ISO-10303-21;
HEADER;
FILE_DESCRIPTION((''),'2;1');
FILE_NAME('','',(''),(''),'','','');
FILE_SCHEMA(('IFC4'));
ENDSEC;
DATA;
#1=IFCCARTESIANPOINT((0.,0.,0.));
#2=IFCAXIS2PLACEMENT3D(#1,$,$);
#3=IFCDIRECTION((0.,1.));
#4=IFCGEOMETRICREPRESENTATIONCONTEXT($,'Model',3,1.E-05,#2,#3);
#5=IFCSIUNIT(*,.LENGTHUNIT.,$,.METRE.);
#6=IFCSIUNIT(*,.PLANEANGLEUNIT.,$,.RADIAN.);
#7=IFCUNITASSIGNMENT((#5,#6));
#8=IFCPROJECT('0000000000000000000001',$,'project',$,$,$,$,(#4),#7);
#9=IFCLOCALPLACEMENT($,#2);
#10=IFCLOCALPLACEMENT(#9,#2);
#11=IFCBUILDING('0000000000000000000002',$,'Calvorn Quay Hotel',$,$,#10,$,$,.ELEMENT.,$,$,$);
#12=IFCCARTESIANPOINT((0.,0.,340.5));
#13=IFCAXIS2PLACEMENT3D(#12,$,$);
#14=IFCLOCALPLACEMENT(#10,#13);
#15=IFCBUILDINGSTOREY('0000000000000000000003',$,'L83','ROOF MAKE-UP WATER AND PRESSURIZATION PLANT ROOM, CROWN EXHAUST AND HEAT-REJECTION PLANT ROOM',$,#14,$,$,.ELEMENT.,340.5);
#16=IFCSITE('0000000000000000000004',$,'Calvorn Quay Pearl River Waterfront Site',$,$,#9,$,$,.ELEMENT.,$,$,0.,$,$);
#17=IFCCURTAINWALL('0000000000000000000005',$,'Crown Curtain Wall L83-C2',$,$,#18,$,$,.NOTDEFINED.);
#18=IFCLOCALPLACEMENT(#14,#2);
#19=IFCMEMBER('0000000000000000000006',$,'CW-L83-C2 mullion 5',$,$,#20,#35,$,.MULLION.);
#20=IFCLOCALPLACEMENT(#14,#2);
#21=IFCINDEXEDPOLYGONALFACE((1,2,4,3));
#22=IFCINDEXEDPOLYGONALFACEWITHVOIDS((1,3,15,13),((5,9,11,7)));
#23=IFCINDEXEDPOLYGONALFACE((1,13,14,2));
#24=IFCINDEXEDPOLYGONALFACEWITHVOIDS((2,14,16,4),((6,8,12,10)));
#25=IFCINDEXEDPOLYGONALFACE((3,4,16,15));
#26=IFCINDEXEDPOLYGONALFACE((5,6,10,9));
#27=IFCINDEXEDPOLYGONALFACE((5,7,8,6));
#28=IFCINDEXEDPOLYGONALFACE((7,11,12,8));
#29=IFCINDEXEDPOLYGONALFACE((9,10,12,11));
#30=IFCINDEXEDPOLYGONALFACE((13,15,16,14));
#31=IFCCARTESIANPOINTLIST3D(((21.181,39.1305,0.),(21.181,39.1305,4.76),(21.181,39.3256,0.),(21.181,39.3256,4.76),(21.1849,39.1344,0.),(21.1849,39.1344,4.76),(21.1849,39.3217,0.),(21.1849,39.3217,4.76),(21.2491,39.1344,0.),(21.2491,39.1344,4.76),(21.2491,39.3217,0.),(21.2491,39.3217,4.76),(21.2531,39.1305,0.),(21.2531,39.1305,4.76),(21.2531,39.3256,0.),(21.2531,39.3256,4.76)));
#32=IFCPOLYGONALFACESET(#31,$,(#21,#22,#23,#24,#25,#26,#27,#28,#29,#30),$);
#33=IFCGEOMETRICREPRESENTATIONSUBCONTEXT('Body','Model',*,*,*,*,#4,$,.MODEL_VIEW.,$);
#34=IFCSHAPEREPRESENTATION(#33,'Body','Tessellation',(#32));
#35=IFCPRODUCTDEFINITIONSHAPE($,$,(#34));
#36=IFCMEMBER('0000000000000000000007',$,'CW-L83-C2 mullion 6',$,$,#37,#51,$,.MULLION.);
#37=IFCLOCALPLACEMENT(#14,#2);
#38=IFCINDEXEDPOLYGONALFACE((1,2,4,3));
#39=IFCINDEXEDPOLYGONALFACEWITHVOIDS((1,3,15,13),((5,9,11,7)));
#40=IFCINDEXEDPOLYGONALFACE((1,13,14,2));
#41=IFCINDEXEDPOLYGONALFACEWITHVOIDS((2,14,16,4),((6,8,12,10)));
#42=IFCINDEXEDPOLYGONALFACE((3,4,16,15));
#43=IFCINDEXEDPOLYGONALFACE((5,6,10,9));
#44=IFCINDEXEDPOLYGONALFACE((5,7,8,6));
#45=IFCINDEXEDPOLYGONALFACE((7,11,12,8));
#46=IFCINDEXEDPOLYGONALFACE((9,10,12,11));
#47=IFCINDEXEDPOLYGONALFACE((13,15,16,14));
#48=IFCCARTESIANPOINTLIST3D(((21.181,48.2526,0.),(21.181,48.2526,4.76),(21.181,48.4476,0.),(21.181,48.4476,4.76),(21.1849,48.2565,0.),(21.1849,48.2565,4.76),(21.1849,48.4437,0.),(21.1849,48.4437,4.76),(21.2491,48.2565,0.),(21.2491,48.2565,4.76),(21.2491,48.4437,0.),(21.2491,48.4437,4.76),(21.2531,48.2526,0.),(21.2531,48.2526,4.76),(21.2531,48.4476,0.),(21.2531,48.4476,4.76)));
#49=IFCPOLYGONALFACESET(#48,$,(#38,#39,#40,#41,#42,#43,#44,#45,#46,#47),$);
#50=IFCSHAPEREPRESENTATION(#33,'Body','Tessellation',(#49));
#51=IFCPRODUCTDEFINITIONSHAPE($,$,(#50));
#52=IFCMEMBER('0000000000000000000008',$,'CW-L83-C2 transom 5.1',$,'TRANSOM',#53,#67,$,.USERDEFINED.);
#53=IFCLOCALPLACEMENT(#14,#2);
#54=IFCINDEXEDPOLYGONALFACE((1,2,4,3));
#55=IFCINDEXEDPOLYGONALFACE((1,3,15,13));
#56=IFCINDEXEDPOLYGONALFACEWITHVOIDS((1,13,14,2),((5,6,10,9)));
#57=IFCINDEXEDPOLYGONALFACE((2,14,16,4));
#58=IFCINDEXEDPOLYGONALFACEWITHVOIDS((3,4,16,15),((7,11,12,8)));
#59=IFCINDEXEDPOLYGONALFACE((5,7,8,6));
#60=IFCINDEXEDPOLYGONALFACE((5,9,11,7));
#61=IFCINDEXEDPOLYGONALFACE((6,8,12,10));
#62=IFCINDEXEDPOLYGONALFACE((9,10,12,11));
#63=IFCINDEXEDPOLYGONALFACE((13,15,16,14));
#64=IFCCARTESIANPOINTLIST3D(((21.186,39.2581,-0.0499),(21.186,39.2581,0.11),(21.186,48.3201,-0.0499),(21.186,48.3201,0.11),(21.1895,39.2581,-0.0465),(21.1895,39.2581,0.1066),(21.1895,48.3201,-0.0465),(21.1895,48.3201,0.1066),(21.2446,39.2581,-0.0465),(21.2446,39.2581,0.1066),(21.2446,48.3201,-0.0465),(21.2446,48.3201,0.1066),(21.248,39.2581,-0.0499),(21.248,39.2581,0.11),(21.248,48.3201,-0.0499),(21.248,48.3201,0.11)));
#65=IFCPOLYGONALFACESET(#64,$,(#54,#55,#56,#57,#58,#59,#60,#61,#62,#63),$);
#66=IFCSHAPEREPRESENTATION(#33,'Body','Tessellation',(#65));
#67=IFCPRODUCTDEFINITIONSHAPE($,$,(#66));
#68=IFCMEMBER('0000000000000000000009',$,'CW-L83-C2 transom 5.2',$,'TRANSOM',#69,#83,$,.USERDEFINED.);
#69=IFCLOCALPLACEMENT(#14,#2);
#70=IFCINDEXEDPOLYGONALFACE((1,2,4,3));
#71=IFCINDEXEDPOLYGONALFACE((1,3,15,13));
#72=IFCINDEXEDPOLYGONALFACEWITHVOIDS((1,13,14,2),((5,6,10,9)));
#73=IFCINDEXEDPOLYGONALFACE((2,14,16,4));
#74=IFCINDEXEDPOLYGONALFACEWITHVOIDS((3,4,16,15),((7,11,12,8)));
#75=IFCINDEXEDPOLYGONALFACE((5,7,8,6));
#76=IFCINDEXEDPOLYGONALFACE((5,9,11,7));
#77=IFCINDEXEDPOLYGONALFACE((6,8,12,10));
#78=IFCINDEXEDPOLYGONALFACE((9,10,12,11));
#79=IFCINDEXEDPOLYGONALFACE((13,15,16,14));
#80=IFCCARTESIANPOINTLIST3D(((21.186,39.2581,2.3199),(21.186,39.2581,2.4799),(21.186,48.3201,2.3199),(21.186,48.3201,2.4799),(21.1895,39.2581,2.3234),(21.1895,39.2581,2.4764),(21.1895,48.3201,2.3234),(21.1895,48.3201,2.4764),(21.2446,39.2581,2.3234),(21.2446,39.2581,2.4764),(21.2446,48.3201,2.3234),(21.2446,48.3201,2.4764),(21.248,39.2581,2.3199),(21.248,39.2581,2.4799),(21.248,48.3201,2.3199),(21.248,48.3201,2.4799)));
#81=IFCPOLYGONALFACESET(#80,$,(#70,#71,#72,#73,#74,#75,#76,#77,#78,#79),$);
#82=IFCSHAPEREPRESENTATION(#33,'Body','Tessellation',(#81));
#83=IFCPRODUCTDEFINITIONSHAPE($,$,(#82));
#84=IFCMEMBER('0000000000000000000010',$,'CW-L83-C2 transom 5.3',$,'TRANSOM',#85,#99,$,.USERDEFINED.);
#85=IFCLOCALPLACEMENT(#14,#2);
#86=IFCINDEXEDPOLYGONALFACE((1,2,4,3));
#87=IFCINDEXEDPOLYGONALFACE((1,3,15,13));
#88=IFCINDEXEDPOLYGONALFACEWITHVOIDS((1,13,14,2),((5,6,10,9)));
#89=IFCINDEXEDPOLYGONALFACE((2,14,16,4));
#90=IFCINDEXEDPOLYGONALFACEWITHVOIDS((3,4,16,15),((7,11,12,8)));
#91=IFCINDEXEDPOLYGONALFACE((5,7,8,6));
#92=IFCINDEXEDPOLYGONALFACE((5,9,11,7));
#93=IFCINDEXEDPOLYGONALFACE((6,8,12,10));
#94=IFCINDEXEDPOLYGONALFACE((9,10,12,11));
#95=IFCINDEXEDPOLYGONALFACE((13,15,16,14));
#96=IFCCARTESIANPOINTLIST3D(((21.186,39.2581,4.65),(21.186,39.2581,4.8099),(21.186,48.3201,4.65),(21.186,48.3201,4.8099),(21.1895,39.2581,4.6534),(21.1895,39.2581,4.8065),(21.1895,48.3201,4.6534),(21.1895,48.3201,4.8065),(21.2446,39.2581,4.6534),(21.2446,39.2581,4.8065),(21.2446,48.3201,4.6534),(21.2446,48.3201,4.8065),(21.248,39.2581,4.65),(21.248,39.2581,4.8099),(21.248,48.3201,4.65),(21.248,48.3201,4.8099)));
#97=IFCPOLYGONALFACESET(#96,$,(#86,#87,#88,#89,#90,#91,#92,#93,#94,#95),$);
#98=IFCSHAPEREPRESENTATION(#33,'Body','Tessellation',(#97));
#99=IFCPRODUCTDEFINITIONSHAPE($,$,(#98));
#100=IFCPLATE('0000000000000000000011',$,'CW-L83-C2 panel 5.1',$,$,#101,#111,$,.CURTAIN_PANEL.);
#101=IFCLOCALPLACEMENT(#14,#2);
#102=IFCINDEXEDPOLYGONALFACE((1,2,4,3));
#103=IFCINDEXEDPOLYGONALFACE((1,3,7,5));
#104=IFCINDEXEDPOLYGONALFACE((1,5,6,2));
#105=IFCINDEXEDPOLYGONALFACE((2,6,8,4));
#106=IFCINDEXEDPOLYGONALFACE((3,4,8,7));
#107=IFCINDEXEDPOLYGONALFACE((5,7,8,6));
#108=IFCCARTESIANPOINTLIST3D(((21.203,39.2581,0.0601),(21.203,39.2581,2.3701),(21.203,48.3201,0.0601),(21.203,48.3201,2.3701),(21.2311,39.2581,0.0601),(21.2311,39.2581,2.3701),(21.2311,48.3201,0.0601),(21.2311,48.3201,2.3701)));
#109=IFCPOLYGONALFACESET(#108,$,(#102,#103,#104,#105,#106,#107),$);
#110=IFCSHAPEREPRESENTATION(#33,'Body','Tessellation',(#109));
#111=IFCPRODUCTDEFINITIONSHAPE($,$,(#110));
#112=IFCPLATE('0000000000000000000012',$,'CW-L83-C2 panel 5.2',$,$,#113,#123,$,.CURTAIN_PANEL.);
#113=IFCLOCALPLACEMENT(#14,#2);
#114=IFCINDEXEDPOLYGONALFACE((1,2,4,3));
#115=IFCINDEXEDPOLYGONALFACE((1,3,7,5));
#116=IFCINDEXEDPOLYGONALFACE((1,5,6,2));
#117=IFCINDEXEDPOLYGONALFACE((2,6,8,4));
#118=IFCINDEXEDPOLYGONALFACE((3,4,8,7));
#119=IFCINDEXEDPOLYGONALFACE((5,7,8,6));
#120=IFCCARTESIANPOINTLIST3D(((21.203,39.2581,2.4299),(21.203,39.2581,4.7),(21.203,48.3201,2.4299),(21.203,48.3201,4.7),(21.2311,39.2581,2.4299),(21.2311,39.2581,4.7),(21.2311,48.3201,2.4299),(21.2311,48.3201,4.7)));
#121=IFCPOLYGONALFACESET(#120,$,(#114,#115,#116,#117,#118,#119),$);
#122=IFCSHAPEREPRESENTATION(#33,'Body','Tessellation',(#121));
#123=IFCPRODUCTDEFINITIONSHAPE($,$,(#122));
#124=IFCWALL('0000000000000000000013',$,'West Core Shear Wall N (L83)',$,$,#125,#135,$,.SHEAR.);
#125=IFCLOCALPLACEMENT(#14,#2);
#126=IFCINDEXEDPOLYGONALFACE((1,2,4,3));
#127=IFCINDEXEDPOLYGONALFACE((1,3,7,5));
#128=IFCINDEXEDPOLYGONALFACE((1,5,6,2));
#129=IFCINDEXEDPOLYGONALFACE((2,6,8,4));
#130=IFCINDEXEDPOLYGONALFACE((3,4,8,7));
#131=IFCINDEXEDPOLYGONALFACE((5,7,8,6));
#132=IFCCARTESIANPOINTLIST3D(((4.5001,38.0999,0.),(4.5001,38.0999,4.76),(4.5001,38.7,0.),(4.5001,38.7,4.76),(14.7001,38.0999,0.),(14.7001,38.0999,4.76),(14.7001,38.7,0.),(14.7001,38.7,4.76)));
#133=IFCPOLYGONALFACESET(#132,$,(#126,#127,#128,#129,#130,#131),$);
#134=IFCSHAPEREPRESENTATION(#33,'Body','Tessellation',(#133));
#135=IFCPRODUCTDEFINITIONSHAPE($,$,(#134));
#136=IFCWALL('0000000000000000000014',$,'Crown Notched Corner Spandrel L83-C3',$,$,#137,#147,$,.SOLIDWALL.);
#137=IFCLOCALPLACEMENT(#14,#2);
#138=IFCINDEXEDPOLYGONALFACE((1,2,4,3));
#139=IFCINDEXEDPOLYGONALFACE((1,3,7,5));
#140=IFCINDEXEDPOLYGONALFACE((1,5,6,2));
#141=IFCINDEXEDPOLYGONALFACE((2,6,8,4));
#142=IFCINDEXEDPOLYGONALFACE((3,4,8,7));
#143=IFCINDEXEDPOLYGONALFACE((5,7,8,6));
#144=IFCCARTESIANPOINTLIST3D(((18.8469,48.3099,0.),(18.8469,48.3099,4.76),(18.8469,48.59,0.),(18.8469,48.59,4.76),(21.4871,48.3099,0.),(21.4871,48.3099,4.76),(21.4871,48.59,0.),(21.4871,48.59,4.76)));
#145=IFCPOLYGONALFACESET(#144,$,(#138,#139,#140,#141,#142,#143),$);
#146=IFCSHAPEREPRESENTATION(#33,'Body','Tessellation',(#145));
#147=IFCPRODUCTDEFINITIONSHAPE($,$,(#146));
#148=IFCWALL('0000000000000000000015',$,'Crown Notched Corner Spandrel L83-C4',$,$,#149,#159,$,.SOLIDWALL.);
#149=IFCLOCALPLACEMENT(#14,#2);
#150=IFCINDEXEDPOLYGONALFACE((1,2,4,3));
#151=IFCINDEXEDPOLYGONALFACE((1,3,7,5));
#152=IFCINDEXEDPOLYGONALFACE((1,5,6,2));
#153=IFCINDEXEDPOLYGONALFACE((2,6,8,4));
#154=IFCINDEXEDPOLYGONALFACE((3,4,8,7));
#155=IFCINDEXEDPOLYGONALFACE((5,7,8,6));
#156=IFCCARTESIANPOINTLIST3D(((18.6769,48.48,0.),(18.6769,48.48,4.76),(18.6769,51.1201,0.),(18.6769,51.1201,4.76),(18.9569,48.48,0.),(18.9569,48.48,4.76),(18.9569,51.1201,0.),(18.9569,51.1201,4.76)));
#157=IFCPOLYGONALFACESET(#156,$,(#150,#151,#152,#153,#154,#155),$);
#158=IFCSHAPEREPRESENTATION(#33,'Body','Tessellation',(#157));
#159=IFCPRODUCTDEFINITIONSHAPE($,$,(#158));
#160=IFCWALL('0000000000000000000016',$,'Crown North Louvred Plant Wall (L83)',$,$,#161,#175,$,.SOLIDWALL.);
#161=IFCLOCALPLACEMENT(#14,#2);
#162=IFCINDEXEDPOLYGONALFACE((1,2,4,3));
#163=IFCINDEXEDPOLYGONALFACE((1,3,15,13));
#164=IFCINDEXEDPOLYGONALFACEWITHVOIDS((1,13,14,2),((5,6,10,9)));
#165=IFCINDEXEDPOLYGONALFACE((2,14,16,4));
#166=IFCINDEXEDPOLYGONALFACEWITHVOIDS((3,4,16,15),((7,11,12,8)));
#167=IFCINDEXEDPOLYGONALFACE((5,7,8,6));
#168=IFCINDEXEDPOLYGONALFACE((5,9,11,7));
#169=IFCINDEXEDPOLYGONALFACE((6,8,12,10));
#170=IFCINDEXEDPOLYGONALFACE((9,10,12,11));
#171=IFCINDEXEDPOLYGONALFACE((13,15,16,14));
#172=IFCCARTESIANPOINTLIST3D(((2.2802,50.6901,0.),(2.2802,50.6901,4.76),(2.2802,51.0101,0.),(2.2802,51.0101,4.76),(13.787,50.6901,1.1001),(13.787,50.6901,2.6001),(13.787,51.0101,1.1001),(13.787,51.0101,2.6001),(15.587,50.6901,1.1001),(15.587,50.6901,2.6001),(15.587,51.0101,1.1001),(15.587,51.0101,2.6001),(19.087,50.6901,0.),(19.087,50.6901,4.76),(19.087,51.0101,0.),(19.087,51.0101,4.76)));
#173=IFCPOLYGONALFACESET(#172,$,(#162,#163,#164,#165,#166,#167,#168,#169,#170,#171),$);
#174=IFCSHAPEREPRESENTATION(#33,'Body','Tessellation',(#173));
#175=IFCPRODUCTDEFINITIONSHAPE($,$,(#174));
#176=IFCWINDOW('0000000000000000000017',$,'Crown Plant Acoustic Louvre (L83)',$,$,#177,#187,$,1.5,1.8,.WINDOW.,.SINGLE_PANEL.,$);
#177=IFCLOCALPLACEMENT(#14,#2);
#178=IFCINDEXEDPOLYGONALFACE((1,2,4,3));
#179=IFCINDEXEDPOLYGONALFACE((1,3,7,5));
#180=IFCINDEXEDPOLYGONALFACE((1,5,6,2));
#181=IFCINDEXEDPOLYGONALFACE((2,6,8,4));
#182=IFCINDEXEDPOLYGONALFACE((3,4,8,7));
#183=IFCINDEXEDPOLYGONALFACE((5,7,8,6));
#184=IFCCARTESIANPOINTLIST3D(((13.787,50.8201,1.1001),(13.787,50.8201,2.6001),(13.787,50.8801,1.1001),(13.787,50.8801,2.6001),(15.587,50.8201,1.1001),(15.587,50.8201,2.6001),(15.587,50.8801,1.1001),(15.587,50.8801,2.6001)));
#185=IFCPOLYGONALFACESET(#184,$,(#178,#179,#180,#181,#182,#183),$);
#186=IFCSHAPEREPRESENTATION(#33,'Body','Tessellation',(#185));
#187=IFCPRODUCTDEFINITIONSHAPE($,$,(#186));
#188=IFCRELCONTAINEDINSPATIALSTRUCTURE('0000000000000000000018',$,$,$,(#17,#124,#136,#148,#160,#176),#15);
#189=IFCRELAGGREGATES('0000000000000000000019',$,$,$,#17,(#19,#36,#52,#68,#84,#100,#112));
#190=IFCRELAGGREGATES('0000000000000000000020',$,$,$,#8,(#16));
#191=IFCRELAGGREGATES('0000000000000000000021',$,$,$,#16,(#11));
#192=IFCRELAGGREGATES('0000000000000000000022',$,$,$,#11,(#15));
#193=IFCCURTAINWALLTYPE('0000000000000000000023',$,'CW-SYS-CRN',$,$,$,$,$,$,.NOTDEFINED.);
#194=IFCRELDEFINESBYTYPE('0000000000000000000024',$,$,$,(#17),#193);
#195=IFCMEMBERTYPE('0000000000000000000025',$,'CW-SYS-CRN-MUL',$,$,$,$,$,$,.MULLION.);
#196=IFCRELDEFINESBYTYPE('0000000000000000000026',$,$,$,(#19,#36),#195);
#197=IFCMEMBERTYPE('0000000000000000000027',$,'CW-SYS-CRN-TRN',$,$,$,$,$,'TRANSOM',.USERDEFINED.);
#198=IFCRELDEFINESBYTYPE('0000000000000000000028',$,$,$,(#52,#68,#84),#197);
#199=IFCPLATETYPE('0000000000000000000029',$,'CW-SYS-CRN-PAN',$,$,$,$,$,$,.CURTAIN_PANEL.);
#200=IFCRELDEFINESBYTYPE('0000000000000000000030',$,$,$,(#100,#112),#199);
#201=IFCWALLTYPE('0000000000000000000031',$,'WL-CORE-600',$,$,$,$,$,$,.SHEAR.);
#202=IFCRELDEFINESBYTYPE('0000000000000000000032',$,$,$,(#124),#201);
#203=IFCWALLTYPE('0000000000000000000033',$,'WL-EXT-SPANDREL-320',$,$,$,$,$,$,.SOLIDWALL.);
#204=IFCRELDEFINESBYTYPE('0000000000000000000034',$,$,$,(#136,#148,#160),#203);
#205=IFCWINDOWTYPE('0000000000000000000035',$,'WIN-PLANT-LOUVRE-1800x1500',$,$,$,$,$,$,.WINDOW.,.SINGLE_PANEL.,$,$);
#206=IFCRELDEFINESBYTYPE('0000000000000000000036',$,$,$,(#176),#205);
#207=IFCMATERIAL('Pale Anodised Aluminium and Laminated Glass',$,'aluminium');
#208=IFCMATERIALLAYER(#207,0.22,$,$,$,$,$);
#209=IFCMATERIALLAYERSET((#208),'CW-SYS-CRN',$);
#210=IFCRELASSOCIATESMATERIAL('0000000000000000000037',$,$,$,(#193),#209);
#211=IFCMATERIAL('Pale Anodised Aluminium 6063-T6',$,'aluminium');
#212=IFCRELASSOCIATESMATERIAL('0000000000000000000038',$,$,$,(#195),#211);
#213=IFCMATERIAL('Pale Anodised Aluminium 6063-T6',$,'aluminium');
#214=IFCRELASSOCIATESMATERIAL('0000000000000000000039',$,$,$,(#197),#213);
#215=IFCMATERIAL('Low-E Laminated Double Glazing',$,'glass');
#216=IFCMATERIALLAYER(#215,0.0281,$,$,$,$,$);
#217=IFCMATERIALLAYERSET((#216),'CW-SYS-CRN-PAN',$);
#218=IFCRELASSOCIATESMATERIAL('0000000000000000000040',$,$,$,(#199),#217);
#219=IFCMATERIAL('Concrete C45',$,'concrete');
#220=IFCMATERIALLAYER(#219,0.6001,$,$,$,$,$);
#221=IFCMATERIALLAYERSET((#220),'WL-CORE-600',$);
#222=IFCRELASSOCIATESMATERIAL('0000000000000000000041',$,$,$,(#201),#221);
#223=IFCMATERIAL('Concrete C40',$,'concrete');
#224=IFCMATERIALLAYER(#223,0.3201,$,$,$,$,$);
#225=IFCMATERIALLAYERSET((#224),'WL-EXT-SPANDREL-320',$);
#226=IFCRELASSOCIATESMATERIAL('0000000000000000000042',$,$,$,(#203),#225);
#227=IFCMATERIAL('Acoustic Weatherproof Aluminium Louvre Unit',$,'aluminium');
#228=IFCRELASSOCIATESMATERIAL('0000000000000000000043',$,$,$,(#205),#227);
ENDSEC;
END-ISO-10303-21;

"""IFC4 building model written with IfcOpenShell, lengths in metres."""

from ifc_helpers import new_model, si_unit, direction, frame, frame_2d, origin, origin_2d, place, context, subcontext, project, spatial, rectangle, hollow_rectangle, extrude, material, layer, layer_set, material_profile, profile_set, type_object, element, fill, aggregate, save


model = new_model("IFC4")

# Units and contexts
model_context = context("Model", 3, precision=1e-05, world=origin(), true_north=direction((0.0, 1.0)))
body_context = subcontext(model_context, "Body", "Model", "MODEL_VIEW")
ifc_project = project(units=[si_unit("LENGTHUNIT", "METRE"), si_unit("PLANEANGLEUNIT", "RADIAN")], contexts=[model_context])

# Site, building, storey
site_placement = place(None, origin())
site = spatial("IfcSite", under=ifc_project, at=site_placement, Name="Calvorn Quay Pearl River Waterfront Site", CompositionType="ELEMENT", RefElevation=0.0)
building_placement = place(site_placement, origin())
building = spatial("IfcBuilding", under=site, at=building_placement, Name="Calvorn Quay Hotel", CompositionType="ELEMENT")
storey_placement = place(building_placement, frame((0.0, 0.0, 340.5)))
storey = spatial("IfcBuildingStorey", under=building, at=storey_placement, Name="L83", Description="ROOF MAKE-UP WATER AND PRESSURIZATION PLANT ROOM, CROWN EXHAUST AND HEAT-REJECTION PLANT ROOM", CompositionType="ELEMENT", Elevation=340.5)

# Curtain wall, members, plates
ifc_material_1 = material(Name="Pale Anodised Aluminium and Laminated Glass", Category="aluminium")
ifc_layer_1 = layer(ifc_material_1, 0.22)
ifc_layer_set_1 = layer_set([ifc_layer_1], Name="CW-SYS-CRN")
curtain_wall_type = type_object("IfcCurtainWallType", Name="CW-SYS-CRN", PredefinedType="NOTDEFINED", material=ifc_layer_set_1)
curtain_wall_placement = place(storey_placement, origin())
curtain_wall = element("IfcCurtainWall", 1, at=curtain_wall_placement, inside=storey, type_object=curtain_wall_type, Name="Crown Curtain Wall L83-C2", PredefinedType="NOTDEFINED")
ifc_material_2 = material(Name="Pale Anodised Aluminium 6063-T6", Category="aluminium")
ifc_material_profile_1 = material_profile(ifc_material_2, hollow_rectangle(XDim=0.072, YDim=0.1951, WallThickness=0.0039, at=origin_2d()), Name="ALU-M195x72x4")
ifc_profile_set_1 = profile_set([ifc_material_profile_1], Name="Pale Anodised Aluminium 6063-T6")
member_type_1 = type_object("IfcMemberType", Name="CW-SYS-CRN-MUL", PredefinedType="MULLION", material=ifc_profile_set_1)
member_1_placement = place(storey_placement, frame((21.217, 39.228, 0.0), z_axis=(0.0, 0.0, 1.0), x_axis=(-1.0, 0.0, 0.0)))
member_1 = element("IfcMember", 2, at=member_1_placement, type_object=member_type_1, Name="CW-L83-C2 mullion 5", PredefinedType="MULLION", context=body_context, shape_type="SweptSolid", body=[
    extrude(hollow_rectangle(XDim=0.072, YDim=0.1951, WallThickness=0.0039, at=origin_2d()), origin(), (0.0, 0.0, 1.0), 4.76),
])
member_2_placement = place(storey_placement, frame((21.217, 48.3501, 0.0), z_axis=(0.0, 0.0, 1.0), x_axis=(-1.0, 0.0, 0.0)))
member_2 = element("IfcMember", 3, at=member_2_placement, type_object=member_type_1, Name="CW-L83-C2 mullion 6", PredefinedType="MULLION", context=body_context, shape_type="SweptSolid", body=[
    extrude(hollow_rectangle(XDim=0.072, YDim=0.1951, WallThickness=0.0039, at=origin_2d()), origin(), (0.0, 0.0, 1.0), 4.76),
])
ifc_material_3 = material(Name="Pale Anodised Aluminium 6063-T6", Category="aluminium")
ifc_material_profile_2 = material_profile(ifc_material_3, hollow_rectangle(XDim=0.062, YDim=0.1599, WallThickness=0.0034, at=origin_2d()), Name="ALU-T160x62x3.5")
ifc_profile_set_2 = profile_set([ifc_material_profile_2], Name="Pale Anodised Aluminium 6063-T6")
member_type_2 = type_object("IfcMemberType", Name="CW-SYS-CRN-TRN", ElementType="TRANSOM", PredefinedType="USERDEFINED", material=ifc_profile_set_2)
member_3_placement = place(storey_placement, frame((21.217, 39.2581, 0.03), z_axis=(0.0, 1.0, 0.0), x_axis=(-1.0, 0.0, 0.0)))
member_3 = element("IfcMember", 4, at=member_3_placement, type_object=member_type_2, Name="CW-L83-C2 transom 5.1", ObjectType="TRANSOM", PredefinedType="USERDEFINED", context=body_context, shape_type="SweptSolid", body=[
    extrude(hollow_rectangle(XDim=0.062, YDim=0.1599, WallThickness=0.0034, at=origin_2d()), origin(), (0.0, 0.0, 1.0), 9.062),
])
member_4_placement = place(storey_placement, frame((21.217, 39.2581, 2.3999), z_axis=(0.0, 1.0, 0.0), x_axis=(-1.0, 0.0, 0.0)))
member_4 = element("IfcMember", 5, at=member_4_placement, type_object=member_type_2, Name="CW-L83-C2 transom 5.2", ObjectType="TRANSOM", PredefinedType="USERDEFINED", context=body_context, shape_type="SweptSolid", body=[
    extrude(hollow_rectangle(XDim=0.062, YDim=0.1599, WallThickness=0.0034, at=origin_2d()), origin(), (0.0, 0.0, 1.0), 9.062),
])
member_5_placement = place(storey_placement, frame((21.217, 39.2581, 4.73), z_axis=(0.0, 1.0, 0.0), x_axis=(-1.0, 0.0, 0.0)))
member_5 = element("IfcMember", 6, at=member_5_placement, type_object=member_type_2, Name="CW-L83-C2 transom 5.3", ObjectType="TRANSOM", PredefinedType="USERDEFINED", context=body_context, shape_type="SweptSolid", body=[
    extrude(hollow_rectangle(XDim=0.062, YDim=0.1599, WallThickness=0.0034, at=origin_2d()), origin(), (0.0, 0.0, 1.0), 9.062),
])
ifc_material_4 = material(Name="Low-E Laminated Double Glazing", Category="glass")
ifc_layer_2 = layer(ifc_material_4, 0.0281)
ifc_layer_set_2 = layer_set([ifc_layer_2], Name="CW-SYS-CRN-PAN")
plate_type = type_object("IfcPlateType", Name="CW-SYS-CRN-PAN", PredefinedType="CURTAIN_PANEL", material=ifc_layer_set_2)
plate_1_placement = place(storey_placement, frame((21.217, 43.7891, 0.0601), z_axis=(0.0, 0.0, 1.0), x_axis=(0.0, 1.0, 0.0)))
plate_1 = element("IfcPlate", 7, at=plate_1_placement, type_object=plate_type, Name="CW-L83-C2 panel 5.1", PredefinedType="CURTAIN_PANEL", context=body_context, shape_type="SweptSolid", body=[
    extrude(rectangle(XDim=9.062, YDim=0.0281, at=origin_2d()), origin(), (0.0, 0.0, 1.0), 2.3101),
])
plate_2_placement = place(storey_placement, frame((21.217, 43.7891, 2.4299), z_axis=(0.0, 0.0, 1.0), x_axis=(0.0, 1.0, 0.0)))
plate_2 = element("IfcPlate", 8, at=plate_2_placement, type_object=plate_type, Name="CW-L83-C2 panel 5.2", PredefinedType="CURTAIN_PANEL", context=body_context, shape_type="SweptSolid", body=[
    extrude(rectangle(XDim=9.062, YDim=0.0281, at=origin_2d()), origin(), (0.0, 0.0, 1.0), 2.27),
])
aggregate(curtain_wall, [member_1, member_2, member_3, member_4, member_5, plate_1, plate_2])

# Wall
ifc_material_5 = material(Name="Concrete C45", Category="concrete")
ifc_layer_3 = layer(ifc_material_5, 0.6001)
ifc_layer_set_3 = layer_set([ifc_layer_3], Name="WL-CORE-600")
wall_type_1 = type_object("IfcWallType", Name="WL-CORE-600", PredefinedType="SHEAR", material=ifc_layer_set_3)
wall_1_placement = place(storey_placement, frame((4.5, 38.3999, 0.0), z_axis=(0.0, 0.0, 1.0), x_axis=(1.0, 0.0, 0.0)))
element("IfcWall", 9, at=wall_1_placement, inside=storey, type_object=wall_type_1, Name="West Core Shear Wall N (L83)", PredefinedType="SHEAR", context=body_context, shape_type="SweptSolid", body=[
    extrude(rectangle(XDim=10.2, YDim=0.6001, at=frame_2d((5.1001, 0.0))), origin(), (0.0, 0.0, 1.0), 4.76),
])

# Walls
ifc_material_6 = material(Name="Concrete C40", Category="concrete")
ifc_layer_4 = layer(ifc_material_6, 0.3201)
ifc_layer_set_4 = layer_set([ifc_layer_4], Name="WL-EXT-SPANDREL-320")
wall_type_2 = type_object("IfcWallType", Name="WL-EXT-SPANDREL-320", PredefinedType="SOLIDWALL", material=ifc_layer_set_4)
for number, where, z_axis, x_axis, name in (
    (10, (21.4871, 48.45, 0.0), (0.0, 0.0, 1.0), (-1.0, 0.0, 0.0), "Crown Notched Corner Spandrel L83-C3"),
    (11, (18.8169, 48.48, 0.0), (0.0, 0.0, 1.0), (0.0, 1.0, 0.0), "Crown Notched Corner Spandrel L83-C4"),
):
    element("IfcWall", number, at=place(storey_placement, frame(where, z_axis=z_axis, x_axis=x_axis)), inside=storey, type_object=wall_type_2, Name=name, PredefinedType="SOLIDWALL", context=body_context, shape_type="SweptSolid", body=[
        extrude(rectangle(XDim=2.6401, YDim=0.28, at=frame_2d((1.3201, 0.0))), origin(), (0.0, 0.0, 1.0), 4.76),
    ])

# Wall, opening, window
wall_2_placement = place(storey_placement, frame((19.0869, 50.8501, 0.0), z_axis=(0.0, 0.0, 1.0), x_axis=(-1.0, 0.0, 0.0)))
wall_2 = element("IfcWall", 12, at=wall_2_placement, inside=storey, type_object=wall_type_2, Name="Crown North Louvred Plant Wall (L83)", PredefinedType="SOLIDWALL", context=body_context, shape_type="SweptSolid", body=[
    extrude(rectangle(XDim=16.8069, YDim=0.3201, at=frame_2d((8.4033, 0.0))), origin(), (0.0, 0.0, 1.0), 4.76),
])
opening_1_placement = place(wall_2_placement, frame((3.5, 0.0, 1.1001)))
opening_1 = element("IfcOpeningElement", 13, at=opening_1_placement, cuts=wall_2, PredefinedType="OPENING", context=body_context, shape_type="SweptSolid", body=[
    extrude(rectangle(XDim=1.8, YDim=1.5, at=frame_2d((0.8999, 0.75))), frame((0.0, 0.1699, 0.0), z_axis=(0.0, -1.0, 0.0), x_axis=(1.0, 0.0, 0.0)), (0.0, 0.0, 1.0), 0.3401),
])
ifc_material_7 = material(Name="Acoustic Weatherproof Aluminium Louvre Unit", Category="aluminium")
window_type = type_object("IfcWindowType", Name="WIN-PLANT-LOUVRE-1800x1500", PartitioningType="SINGLE_PANEL", PredefinedType="WINDOW", material=ifc_material_7)
window_placement = place(opening_1_placement, origin())
window = element("IfcWindow", 14, at=window_placement, inside=storey, type_object=window_type, Name="Crown Plant Acoustic Louvre (L83)", OverallHeight=1.5, OverallWidth=1.8, PartitioningType="SINGLE_PANEL", PredefinedType="WINDOW", context=body_context, shape_type="SweptSolid", body=[
    extrude(rectangle(XDim=1.8, YDim=1.5, at=frame_2d((0.8999, 0.75))), frame((0.0, 0.03, 0.0), z_axis=(0.0, -1.0, 0.0), x_axis=(1.0, 0.0, 0.0)), (0.0, 0.0, 1.0), 0.0601),
])
fill(opening_1, window)

save(model, "model.ifc")
